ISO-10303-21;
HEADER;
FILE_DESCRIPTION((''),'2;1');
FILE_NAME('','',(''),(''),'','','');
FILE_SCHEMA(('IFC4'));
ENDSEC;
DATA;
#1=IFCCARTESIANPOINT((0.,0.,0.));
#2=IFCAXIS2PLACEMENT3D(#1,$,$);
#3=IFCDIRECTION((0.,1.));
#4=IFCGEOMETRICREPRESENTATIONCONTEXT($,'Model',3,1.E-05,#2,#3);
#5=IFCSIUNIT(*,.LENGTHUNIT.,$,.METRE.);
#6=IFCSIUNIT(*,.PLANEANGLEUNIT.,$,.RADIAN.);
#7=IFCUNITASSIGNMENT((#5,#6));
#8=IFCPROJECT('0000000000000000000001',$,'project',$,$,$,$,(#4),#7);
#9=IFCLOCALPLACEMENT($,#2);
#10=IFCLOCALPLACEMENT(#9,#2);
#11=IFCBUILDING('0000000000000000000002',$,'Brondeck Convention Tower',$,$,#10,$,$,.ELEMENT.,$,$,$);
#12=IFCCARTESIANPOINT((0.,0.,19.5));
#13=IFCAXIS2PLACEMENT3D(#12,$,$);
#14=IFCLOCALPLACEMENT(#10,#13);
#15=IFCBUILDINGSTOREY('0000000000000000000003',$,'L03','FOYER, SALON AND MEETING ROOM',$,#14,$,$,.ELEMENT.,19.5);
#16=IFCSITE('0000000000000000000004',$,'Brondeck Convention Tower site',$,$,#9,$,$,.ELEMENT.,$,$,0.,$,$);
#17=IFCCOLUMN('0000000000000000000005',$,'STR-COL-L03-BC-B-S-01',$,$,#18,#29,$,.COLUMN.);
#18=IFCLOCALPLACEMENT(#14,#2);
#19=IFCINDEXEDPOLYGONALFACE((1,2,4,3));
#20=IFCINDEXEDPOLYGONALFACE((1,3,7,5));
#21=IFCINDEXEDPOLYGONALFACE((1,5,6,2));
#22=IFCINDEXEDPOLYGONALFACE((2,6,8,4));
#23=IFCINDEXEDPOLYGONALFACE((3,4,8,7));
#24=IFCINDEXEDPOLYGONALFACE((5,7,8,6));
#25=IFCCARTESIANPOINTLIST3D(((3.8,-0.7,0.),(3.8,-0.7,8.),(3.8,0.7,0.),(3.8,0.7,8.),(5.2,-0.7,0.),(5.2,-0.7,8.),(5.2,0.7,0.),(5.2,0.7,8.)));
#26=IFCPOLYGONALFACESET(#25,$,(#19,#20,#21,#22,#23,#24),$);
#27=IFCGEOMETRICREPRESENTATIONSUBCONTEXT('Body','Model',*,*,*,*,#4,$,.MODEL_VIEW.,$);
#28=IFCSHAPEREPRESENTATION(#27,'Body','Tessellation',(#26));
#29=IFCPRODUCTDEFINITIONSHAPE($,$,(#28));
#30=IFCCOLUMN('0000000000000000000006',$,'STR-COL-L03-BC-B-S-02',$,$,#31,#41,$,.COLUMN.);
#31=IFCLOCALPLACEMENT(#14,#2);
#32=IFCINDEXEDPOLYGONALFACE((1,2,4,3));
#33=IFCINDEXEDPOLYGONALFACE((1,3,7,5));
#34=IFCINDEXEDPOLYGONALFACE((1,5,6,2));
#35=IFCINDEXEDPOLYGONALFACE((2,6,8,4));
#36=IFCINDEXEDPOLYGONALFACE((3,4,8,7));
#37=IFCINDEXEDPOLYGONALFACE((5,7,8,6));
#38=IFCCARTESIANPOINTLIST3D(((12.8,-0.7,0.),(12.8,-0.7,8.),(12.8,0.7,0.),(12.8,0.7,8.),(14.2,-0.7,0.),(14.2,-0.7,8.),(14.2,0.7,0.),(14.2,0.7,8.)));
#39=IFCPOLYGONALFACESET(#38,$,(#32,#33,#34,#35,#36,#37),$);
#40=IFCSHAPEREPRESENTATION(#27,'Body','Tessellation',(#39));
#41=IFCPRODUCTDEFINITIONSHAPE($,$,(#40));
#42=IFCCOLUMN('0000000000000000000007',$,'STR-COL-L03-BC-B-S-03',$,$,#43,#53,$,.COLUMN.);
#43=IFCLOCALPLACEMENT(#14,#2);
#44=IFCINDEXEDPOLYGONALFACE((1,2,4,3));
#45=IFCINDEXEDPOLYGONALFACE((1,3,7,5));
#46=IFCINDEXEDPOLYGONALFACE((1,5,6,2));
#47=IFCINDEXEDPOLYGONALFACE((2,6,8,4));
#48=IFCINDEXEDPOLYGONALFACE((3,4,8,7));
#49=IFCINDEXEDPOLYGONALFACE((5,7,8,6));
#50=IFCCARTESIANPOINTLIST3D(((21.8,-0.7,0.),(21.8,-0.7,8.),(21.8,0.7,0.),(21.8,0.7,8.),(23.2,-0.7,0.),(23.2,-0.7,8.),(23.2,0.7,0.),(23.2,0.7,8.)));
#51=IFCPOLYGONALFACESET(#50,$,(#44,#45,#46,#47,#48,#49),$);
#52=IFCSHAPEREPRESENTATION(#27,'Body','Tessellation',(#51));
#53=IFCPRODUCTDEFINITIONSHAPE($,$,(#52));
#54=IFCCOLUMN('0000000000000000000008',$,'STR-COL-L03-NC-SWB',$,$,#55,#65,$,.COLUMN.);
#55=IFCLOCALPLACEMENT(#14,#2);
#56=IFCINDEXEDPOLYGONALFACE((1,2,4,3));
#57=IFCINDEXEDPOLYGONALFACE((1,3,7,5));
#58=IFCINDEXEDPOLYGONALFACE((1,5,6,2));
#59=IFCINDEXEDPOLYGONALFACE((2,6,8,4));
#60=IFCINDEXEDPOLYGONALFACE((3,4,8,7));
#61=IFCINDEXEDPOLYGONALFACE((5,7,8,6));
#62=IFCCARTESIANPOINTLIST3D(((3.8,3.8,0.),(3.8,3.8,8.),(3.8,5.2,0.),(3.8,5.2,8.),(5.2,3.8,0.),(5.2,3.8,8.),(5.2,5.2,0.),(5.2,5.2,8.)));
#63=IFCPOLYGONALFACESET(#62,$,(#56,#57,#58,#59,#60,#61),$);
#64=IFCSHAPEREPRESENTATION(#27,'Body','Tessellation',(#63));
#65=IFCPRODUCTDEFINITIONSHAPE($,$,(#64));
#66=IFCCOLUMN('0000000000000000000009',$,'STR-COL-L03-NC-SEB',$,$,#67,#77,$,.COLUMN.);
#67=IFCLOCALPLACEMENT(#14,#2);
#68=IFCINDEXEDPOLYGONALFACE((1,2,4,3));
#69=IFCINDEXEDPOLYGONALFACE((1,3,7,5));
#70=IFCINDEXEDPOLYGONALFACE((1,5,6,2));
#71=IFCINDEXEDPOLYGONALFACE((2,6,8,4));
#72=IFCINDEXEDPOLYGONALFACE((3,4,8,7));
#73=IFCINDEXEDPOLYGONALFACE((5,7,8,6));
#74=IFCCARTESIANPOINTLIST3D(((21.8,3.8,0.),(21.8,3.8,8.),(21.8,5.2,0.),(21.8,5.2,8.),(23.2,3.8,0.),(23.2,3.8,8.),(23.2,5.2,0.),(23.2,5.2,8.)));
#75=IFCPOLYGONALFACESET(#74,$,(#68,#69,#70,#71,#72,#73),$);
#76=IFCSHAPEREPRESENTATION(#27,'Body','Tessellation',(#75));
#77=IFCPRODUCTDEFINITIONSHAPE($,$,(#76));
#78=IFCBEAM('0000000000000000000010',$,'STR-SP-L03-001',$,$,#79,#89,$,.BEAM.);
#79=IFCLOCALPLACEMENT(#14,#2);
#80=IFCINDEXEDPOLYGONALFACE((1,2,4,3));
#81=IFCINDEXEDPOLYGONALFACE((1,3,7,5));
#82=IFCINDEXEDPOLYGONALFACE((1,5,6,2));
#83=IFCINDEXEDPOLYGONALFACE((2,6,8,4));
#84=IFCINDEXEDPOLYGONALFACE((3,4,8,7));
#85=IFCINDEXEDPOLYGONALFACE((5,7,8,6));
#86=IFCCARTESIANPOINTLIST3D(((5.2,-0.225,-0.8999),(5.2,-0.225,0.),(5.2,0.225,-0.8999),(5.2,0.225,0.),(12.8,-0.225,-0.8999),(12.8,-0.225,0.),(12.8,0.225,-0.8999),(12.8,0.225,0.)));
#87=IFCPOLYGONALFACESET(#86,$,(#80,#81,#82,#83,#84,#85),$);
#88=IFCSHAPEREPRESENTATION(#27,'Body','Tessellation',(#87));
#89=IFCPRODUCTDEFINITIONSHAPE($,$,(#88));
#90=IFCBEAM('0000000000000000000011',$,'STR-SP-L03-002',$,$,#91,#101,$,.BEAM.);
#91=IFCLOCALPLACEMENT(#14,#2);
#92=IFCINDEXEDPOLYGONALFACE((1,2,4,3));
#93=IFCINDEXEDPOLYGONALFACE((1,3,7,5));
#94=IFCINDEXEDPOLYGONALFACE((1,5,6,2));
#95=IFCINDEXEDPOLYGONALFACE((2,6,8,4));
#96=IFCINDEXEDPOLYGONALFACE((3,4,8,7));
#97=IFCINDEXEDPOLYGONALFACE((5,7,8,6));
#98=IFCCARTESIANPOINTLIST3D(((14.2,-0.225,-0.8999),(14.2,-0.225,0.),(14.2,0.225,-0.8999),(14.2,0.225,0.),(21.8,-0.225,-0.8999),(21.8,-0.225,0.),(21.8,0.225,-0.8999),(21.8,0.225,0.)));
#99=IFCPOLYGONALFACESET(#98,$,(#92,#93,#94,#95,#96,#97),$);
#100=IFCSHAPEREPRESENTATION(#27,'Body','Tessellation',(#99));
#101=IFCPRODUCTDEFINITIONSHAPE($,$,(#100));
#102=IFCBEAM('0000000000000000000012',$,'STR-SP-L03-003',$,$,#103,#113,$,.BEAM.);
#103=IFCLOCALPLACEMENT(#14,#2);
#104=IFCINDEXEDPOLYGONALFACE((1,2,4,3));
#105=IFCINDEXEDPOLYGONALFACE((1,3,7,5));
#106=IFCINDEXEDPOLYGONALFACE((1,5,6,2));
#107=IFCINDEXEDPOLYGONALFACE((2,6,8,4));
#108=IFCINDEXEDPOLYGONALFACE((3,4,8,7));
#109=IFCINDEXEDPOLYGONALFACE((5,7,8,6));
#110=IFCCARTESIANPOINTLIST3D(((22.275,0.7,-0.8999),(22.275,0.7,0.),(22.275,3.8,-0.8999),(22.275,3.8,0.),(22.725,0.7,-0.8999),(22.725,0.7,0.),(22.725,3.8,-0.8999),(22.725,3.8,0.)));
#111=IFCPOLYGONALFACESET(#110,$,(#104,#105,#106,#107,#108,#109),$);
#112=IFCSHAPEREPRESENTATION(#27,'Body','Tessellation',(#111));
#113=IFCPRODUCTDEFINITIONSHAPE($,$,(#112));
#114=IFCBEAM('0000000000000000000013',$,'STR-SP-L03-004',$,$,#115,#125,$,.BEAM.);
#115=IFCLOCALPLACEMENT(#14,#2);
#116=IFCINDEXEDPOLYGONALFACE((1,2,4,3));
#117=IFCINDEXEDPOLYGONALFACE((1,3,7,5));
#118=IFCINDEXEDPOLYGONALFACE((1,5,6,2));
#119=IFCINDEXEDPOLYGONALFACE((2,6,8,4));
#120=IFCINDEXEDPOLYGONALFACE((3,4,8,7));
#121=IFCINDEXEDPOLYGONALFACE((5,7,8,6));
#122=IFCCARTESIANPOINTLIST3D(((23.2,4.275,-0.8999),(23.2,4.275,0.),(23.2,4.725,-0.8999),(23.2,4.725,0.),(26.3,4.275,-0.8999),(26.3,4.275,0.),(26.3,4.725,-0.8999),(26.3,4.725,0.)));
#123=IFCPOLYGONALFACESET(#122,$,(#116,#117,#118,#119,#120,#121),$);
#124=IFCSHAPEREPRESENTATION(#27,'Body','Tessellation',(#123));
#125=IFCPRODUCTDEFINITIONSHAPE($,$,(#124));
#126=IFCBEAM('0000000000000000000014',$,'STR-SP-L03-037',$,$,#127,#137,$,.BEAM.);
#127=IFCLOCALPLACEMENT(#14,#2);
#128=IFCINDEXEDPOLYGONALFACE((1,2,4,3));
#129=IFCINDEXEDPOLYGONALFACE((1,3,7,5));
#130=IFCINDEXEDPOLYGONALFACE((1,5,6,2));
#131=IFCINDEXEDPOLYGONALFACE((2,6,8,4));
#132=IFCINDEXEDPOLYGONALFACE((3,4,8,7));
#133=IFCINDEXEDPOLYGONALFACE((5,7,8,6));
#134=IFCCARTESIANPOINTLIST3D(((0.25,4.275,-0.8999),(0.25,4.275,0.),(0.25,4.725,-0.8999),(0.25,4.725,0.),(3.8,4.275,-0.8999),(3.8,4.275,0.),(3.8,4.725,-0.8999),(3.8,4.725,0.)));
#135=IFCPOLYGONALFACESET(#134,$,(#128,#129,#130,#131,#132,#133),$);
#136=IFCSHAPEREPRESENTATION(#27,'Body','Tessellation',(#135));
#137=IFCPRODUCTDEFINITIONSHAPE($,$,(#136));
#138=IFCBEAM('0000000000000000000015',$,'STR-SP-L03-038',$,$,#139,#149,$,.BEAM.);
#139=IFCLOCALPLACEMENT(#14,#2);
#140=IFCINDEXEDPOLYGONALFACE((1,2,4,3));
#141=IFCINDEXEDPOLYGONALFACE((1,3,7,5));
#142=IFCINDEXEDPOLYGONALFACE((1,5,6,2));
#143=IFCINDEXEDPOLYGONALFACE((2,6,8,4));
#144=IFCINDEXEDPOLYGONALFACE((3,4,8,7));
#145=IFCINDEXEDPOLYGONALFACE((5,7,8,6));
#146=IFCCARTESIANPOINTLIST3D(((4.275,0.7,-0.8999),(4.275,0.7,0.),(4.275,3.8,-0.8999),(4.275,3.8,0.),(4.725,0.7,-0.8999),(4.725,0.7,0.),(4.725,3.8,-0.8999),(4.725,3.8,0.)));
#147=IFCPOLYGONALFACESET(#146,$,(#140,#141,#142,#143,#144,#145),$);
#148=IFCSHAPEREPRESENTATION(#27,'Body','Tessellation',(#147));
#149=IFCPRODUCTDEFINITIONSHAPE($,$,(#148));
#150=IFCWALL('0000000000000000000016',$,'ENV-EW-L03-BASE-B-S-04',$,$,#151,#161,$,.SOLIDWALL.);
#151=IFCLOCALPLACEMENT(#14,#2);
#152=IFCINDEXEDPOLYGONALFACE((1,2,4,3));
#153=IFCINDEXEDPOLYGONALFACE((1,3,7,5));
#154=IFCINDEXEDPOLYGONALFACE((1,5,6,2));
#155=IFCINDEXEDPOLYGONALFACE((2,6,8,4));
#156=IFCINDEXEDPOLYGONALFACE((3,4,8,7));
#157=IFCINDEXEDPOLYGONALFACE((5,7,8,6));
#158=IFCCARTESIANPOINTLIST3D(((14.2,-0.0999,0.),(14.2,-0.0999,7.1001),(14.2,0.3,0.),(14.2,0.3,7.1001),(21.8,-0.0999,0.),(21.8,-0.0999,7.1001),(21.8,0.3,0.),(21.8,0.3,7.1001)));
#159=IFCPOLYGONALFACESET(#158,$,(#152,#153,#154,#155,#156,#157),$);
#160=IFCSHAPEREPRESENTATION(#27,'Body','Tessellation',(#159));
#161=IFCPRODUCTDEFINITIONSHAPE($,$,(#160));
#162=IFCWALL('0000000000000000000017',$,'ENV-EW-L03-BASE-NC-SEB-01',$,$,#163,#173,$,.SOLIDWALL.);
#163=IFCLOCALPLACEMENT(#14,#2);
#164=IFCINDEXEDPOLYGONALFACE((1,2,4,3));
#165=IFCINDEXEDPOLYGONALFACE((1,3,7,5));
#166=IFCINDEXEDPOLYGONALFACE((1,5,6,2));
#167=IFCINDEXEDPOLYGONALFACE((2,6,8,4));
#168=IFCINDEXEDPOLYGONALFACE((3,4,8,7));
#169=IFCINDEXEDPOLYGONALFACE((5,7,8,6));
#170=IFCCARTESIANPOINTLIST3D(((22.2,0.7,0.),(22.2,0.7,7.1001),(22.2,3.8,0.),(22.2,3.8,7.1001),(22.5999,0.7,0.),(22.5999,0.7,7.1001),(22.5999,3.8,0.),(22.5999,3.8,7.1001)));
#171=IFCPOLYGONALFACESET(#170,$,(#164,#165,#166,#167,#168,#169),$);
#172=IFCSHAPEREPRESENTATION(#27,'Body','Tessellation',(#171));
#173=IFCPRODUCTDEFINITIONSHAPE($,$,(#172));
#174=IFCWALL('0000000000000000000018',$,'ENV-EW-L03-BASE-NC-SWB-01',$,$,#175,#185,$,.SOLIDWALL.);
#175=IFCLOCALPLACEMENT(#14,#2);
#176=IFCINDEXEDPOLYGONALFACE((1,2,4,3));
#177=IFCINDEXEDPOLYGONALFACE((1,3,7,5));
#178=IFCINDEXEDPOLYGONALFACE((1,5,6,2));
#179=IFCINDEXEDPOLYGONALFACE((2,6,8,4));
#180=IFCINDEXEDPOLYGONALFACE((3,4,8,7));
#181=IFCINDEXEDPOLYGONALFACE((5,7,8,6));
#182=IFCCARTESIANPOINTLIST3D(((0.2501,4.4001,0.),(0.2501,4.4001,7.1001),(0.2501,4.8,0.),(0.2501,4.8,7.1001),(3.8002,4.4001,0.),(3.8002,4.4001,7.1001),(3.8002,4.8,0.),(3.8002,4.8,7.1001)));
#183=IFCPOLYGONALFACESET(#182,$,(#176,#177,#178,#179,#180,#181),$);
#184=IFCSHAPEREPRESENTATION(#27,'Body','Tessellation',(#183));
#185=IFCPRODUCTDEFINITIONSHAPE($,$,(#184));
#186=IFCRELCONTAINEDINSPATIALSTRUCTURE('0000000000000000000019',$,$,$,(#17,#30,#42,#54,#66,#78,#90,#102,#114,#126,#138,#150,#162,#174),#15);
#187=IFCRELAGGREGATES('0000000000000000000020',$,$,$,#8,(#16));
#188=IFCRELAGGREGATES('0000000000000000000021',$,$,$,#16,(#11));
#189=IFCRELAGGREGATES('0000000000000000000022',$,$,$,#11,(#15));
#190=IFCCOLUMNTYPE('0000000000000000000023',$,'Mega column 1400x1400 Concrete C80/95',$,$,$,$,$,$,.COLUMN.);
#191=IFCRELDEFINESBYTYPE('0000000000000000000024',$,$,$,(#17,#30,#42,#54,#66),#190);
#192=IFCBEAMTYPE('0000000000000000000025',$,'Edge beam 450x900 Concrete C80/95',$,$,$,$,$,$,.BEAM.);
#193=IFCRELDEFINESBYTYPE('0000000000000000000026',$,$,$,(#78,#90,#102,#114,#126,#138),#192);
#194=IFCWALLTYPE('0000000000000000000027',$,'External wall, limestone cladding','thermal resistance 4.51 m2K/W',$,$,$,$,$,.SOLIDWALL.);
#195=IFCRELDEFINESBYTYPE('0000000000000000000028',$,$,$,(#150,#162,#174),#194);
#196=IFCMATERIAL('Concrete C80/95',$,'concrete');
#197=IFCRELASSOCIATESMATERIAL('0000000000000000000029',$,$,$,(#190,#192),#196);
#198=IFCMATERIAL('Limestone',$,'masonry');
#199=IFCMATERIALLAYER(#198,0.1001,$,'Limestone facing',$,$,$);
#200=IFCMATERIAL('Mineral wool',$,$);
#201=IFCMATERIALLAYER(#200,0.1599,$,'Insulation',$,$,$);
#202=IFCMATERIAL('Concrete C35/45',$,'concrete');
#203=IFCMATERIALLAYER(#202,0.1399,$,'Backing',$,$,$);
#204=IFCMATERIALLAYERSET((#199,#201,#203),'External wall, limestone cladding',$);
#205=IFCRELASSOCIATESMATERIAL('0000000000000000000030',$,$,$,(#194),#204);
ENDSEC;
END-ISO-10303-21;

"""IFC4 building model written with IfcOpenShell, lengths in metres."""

from ifc_helpers import new_model, si_unit, direction, frame, frame_2d, origin, origin_2d, place, context, subcontext, project, spatial, rectangle, extrude, material, layer, layer_set, material_profile, profile_set, type_object, element, save


model = new_model("IFC4")

# Units and contexts
model_context = context("Model", 3, precision=1e-05, world=origin(), true_north=direction((0.0, 1.0)))
body_context = subcontext(model_context, "Body", "Model", "MODEL_VIEW")
ifc_project = project(units=[si_unit("LENGTHUNIT", "METRE"), si_unit("PLANEANGLEUNIT", "RADIAN")], contexts=[model_context])

# Site, building, storey
site_placement = place(None, origin())
site = spatial("IfcSite", under=ifc_project, at=site_placement, Name="Brondeck Convention Tower site", CompositionType="ELEMENT", RefElevation=0.0)
building_placement = place(site_placement, origin())
building = spatial("IfcBuilding", under=site, at=building_placement, Name="Brondeck Convention Tower", CompositionType="ELEMENT")
storey_placement = place(building_placement, frame((0.0, 0.0, 19.5)))
storey = spatial("IfcBuildingStorey", under=building, at=storey_placement, Name="L03", Description="FOYER, SALON AND MEETING ROOM", CompositionType="ELEMENT", Elevation=19.5)

# Columns
ifc_material_1 = material(Name="Concrete C80/95", Category="concrete")
ifc_material_profile_1 = material_profile(ifc_material_1, rectangle(XDim=1.3999, YDim=1.3999, at=origin_2d()), Name="Mega column 1400x1400 Concrete C80/95")
ifc_profile_set_1 = profile_set([ifc_material_profile_1], Name="Concrete C80/95")
column_type = type_object("IfcColumnType", Name="Mega column 1400x1400 Concrete C80/95", PredefinedType="COLUMN", material=ifc_profile_set_1)
for number, where, z_axis, x_axis, name in (
    (1, (4.5, 0.0, 0.0), (0.0, 0.0, 1.0), (1.0, 0.0, 0.0), "STR-COL-L03-BC-B-S-01"),
    (2, (13.5, 0.0, 0.0), (0.0, 0.0, 1.0), (1.0, 0.0, 0.0), "STR-COL-L03-BC-B-S-02"),
    (3, (22.5, 0.0, 0.0), (0.0, 0.0, 1.0), (1.0, 0.0, 0.0), "STR-COL-L03-BC-B-S-03"),
    (4, (4.5, 4.5, 0.0), (0.0, 0.0, 1.0), (1.0, 0.0, 0.0), "STR-COL-L03-NC-SWB"),
    (5, (22.5, 4.5, 0.0), (0.0, 0.0, 1.0), (1.0, 0.0, 0.0), "STR-COL-L03-NC-SEB"),
):
    element("IfcColumn", number, at=place(storey_placement, frame(where, z_axis=z_axis, x_axis=x_axis)), inside=storey, type_object=column_type, Name=name, PredefinedType="COLUMN", context=body_context, shape_type="SweptSolid", body=[
        extrude(rectangle(XDim=1.3999, YDim=1.3999, at=origin_2d()), origin(), (0.0, 0.0, 1.0), 8.0),
    ])

# Beams
ifc_material_profile_2 = material_profile(ifc_material_1, rectangle(XDim=0.45, YDim=0.8999, at=origin_2d()), Name="Edge beam 450x900 Concrete C80/95")
ifc_profile_set_2 = profile_set([ifc_material_profile_2], Name="Concrete C80/95")
beam_type = type_object("IfcBeamType", Name="Edge beam 450x900 Concrete C80/95", PredefinedType="BEAM", material=ifc_profile_set_2)
for number, where, z_axis, x_axis, name in (
    (6, (5.2, 0.0, -0.45), (1.0, 0.0, 0.0), (0.0, 1.0, 0.0), "STR-SP-L03-001"),
    (7, (14.2, 0.0, -0.45), (1.0, 0.0, 0.0), (0.0, 1.0, 0.0), "STR-SP-L03-002"),
):
    element("IfcBeam", number, at=place(storey_placement, frame(where, z_axis=z_axis, x_axis=x_axis)), inside=storey, type_object=beam_type, Name=name, PredefinedType="BEAM", context=body_context, shape_type="SweptSolid", body=[
        extrude(rectangle(XDim=0.45, YDim=0.8999, at=origin_2d()), origin(), (0.0, 0.0, 1.0), 7.6001),
    ])
for number, where, z_axis, x_axis, name in (
    (8, (22.5, 0.7, -0.45), (0.0, 1.0, 0.0), (-1.0, 0.0, 0.0), "STR-SP-L03-003"),
    (9, (23.2, 4.5, -0.45), (1.0, 0.0, 0.0), (0.0, 1.0, 0.0), "STR-SP-L03-004"),
):
    element("IfcBeam", number, at=place(storey_placement, frame(where, z_axis=z_axis, x_axis=x_axis)), inside=storey, type_object=beam_type, Name=name, PredefinedType="BEAM", context=body_context, shape_type="SweptSolid", body=[
        extrude(rectangle(XDim=0.45, YDim=0.8999, at=origin_2d()), origin(), (0.0, 0.0, 1.0), 3.1001),
    ])
beam_1_placement = place(storey_placement, frame((0.25, 4.5, -0.45), z_axis=(1.0, 0.0, 0.0), x_axis=(0.0, 1.0, 0.0)))
element("IfcBeam", 10, at=beam_1_placement, inside=storey, type_object=beam_type, Name="STR-SP-L03-037", PredefinedType="BEAM", context=body_context, shape_type="SweptSolid", body=[
    extrude(rectangle(XDim=0.45, YDim=0.8999, at=origin_2d()), origin(), (0.0, 0.0, 1.0), 3.55),
])
beam_2_placement = place(storey_placement, frame((4.5, 3.8, -0.45), z_axis=(0.0, -1.0, 0.0), x_axis=(1.0, 0.0, 0.0)))
element("IfcBeam", 11, at=beam_2_placement, inside=storey, type_object=beam_type, Name="STR-SP-L03-038", PredefinedType="BEAM", context=body_context, shape_type="SweptSolid", body=[
    extrude(rectangle(XDim=0.45, YDim=0.8999, at=origin_2d()), origin(), (0.0, 0.0, 1.0), 3.1001),
])

# Walls
ifc_material_2 = material(Name="Limestone", Category="masonry")
ifc_layer_1 = layer(ifc_material_2, 0.1001, Name="Limestone facing")
ifc_material_3 = material(Name="Mineral wool")
ifc_layer_2 = layer(ifc_material_3, 0.1599, Name="Insulation")
ifc_material_4 = material(Name="Concrete C35/45", Category="concrete")
ifc_layer_3 = layer(ifc_material_4, 0.1399, Name="Backing")
ifc_layer_set_1 = layer_set([ifc_layer_1, ifc_layer_2, ifc_layer_3], Name="External wall, limestone cladding")
wall_type_1 = type_object("IfcWallType", Name="External wall, limestone cladding", Description="thermal resistance 4.51 m2K/W", PredefinedType="SOLIDWALL", material=ifc_layer_set_1)
wall_1_placement = place(storey_placement, frame((21.8, 0.1001, 0.0), z_axis=(0.0, 0.0, 1.0), x_axis=(-1.0, 0.0, 0.0)))
element("IfcWall", 12, at=wall_1_placement, inside=storey, type_object=wall_type_1, Name="ENV-EW-L03-BASE-B-S-04", PredefinedType="SOLIDWALL", context=body_context, shape_type="SweptSolid", body=[
    extrude(rectangle(XDim=7.6001, YDim=0.3999, at=frame_2d((3.8, 0.0))), origin(), (0.0, 0.0, 1.0), 7.1001),
])
wall_2_placement = place(storey_placement, frame((22.3999, 3.8, 0.0), z_axis=(0.0, 0.0, 1.0), x_axis=(0.0, -1.0, 0.0)))
element("IfcWall", 13, at=wall_2_placement, inside=storey, type_object=wall_type_1, Name="ENV-EW-L03-BASE-NC-SEB-01", PredefinedType="SOLIDWALL", context=body_context, shape_type="SweptSolid", body=[
    extrude(rectangle(XDim=3.1001, YDim=0.3999, at=frame_2d((1.55, 0.0))), origin(), (0.0, 0.0, 1.0), 7.1001),
])
wall_3_placement = place(storey_placement, frame((3.8, 4.6001, 0.0), z_axis=(0.0, 0.0, 1.0), x_axis=(-1.0, 0.0, 0.0)))
element("IfcWall", 14, at=wall_3_placement, inside=storey, type_object=wall_type_1, Name="ENV-EW-L03-BASE-NC-SWB-01", PredefinedType="SOLIDWALL", context=body_context, shape_type="SweptSolid", body=[
    extrude(rectangle(XDim=3.55, YDim=0.3999, at=frame_2d((1.7749, 0.0))), origin(), (0.0, 0.0, 1.0), 7.1001),
])

save(model, "model.ifc")
